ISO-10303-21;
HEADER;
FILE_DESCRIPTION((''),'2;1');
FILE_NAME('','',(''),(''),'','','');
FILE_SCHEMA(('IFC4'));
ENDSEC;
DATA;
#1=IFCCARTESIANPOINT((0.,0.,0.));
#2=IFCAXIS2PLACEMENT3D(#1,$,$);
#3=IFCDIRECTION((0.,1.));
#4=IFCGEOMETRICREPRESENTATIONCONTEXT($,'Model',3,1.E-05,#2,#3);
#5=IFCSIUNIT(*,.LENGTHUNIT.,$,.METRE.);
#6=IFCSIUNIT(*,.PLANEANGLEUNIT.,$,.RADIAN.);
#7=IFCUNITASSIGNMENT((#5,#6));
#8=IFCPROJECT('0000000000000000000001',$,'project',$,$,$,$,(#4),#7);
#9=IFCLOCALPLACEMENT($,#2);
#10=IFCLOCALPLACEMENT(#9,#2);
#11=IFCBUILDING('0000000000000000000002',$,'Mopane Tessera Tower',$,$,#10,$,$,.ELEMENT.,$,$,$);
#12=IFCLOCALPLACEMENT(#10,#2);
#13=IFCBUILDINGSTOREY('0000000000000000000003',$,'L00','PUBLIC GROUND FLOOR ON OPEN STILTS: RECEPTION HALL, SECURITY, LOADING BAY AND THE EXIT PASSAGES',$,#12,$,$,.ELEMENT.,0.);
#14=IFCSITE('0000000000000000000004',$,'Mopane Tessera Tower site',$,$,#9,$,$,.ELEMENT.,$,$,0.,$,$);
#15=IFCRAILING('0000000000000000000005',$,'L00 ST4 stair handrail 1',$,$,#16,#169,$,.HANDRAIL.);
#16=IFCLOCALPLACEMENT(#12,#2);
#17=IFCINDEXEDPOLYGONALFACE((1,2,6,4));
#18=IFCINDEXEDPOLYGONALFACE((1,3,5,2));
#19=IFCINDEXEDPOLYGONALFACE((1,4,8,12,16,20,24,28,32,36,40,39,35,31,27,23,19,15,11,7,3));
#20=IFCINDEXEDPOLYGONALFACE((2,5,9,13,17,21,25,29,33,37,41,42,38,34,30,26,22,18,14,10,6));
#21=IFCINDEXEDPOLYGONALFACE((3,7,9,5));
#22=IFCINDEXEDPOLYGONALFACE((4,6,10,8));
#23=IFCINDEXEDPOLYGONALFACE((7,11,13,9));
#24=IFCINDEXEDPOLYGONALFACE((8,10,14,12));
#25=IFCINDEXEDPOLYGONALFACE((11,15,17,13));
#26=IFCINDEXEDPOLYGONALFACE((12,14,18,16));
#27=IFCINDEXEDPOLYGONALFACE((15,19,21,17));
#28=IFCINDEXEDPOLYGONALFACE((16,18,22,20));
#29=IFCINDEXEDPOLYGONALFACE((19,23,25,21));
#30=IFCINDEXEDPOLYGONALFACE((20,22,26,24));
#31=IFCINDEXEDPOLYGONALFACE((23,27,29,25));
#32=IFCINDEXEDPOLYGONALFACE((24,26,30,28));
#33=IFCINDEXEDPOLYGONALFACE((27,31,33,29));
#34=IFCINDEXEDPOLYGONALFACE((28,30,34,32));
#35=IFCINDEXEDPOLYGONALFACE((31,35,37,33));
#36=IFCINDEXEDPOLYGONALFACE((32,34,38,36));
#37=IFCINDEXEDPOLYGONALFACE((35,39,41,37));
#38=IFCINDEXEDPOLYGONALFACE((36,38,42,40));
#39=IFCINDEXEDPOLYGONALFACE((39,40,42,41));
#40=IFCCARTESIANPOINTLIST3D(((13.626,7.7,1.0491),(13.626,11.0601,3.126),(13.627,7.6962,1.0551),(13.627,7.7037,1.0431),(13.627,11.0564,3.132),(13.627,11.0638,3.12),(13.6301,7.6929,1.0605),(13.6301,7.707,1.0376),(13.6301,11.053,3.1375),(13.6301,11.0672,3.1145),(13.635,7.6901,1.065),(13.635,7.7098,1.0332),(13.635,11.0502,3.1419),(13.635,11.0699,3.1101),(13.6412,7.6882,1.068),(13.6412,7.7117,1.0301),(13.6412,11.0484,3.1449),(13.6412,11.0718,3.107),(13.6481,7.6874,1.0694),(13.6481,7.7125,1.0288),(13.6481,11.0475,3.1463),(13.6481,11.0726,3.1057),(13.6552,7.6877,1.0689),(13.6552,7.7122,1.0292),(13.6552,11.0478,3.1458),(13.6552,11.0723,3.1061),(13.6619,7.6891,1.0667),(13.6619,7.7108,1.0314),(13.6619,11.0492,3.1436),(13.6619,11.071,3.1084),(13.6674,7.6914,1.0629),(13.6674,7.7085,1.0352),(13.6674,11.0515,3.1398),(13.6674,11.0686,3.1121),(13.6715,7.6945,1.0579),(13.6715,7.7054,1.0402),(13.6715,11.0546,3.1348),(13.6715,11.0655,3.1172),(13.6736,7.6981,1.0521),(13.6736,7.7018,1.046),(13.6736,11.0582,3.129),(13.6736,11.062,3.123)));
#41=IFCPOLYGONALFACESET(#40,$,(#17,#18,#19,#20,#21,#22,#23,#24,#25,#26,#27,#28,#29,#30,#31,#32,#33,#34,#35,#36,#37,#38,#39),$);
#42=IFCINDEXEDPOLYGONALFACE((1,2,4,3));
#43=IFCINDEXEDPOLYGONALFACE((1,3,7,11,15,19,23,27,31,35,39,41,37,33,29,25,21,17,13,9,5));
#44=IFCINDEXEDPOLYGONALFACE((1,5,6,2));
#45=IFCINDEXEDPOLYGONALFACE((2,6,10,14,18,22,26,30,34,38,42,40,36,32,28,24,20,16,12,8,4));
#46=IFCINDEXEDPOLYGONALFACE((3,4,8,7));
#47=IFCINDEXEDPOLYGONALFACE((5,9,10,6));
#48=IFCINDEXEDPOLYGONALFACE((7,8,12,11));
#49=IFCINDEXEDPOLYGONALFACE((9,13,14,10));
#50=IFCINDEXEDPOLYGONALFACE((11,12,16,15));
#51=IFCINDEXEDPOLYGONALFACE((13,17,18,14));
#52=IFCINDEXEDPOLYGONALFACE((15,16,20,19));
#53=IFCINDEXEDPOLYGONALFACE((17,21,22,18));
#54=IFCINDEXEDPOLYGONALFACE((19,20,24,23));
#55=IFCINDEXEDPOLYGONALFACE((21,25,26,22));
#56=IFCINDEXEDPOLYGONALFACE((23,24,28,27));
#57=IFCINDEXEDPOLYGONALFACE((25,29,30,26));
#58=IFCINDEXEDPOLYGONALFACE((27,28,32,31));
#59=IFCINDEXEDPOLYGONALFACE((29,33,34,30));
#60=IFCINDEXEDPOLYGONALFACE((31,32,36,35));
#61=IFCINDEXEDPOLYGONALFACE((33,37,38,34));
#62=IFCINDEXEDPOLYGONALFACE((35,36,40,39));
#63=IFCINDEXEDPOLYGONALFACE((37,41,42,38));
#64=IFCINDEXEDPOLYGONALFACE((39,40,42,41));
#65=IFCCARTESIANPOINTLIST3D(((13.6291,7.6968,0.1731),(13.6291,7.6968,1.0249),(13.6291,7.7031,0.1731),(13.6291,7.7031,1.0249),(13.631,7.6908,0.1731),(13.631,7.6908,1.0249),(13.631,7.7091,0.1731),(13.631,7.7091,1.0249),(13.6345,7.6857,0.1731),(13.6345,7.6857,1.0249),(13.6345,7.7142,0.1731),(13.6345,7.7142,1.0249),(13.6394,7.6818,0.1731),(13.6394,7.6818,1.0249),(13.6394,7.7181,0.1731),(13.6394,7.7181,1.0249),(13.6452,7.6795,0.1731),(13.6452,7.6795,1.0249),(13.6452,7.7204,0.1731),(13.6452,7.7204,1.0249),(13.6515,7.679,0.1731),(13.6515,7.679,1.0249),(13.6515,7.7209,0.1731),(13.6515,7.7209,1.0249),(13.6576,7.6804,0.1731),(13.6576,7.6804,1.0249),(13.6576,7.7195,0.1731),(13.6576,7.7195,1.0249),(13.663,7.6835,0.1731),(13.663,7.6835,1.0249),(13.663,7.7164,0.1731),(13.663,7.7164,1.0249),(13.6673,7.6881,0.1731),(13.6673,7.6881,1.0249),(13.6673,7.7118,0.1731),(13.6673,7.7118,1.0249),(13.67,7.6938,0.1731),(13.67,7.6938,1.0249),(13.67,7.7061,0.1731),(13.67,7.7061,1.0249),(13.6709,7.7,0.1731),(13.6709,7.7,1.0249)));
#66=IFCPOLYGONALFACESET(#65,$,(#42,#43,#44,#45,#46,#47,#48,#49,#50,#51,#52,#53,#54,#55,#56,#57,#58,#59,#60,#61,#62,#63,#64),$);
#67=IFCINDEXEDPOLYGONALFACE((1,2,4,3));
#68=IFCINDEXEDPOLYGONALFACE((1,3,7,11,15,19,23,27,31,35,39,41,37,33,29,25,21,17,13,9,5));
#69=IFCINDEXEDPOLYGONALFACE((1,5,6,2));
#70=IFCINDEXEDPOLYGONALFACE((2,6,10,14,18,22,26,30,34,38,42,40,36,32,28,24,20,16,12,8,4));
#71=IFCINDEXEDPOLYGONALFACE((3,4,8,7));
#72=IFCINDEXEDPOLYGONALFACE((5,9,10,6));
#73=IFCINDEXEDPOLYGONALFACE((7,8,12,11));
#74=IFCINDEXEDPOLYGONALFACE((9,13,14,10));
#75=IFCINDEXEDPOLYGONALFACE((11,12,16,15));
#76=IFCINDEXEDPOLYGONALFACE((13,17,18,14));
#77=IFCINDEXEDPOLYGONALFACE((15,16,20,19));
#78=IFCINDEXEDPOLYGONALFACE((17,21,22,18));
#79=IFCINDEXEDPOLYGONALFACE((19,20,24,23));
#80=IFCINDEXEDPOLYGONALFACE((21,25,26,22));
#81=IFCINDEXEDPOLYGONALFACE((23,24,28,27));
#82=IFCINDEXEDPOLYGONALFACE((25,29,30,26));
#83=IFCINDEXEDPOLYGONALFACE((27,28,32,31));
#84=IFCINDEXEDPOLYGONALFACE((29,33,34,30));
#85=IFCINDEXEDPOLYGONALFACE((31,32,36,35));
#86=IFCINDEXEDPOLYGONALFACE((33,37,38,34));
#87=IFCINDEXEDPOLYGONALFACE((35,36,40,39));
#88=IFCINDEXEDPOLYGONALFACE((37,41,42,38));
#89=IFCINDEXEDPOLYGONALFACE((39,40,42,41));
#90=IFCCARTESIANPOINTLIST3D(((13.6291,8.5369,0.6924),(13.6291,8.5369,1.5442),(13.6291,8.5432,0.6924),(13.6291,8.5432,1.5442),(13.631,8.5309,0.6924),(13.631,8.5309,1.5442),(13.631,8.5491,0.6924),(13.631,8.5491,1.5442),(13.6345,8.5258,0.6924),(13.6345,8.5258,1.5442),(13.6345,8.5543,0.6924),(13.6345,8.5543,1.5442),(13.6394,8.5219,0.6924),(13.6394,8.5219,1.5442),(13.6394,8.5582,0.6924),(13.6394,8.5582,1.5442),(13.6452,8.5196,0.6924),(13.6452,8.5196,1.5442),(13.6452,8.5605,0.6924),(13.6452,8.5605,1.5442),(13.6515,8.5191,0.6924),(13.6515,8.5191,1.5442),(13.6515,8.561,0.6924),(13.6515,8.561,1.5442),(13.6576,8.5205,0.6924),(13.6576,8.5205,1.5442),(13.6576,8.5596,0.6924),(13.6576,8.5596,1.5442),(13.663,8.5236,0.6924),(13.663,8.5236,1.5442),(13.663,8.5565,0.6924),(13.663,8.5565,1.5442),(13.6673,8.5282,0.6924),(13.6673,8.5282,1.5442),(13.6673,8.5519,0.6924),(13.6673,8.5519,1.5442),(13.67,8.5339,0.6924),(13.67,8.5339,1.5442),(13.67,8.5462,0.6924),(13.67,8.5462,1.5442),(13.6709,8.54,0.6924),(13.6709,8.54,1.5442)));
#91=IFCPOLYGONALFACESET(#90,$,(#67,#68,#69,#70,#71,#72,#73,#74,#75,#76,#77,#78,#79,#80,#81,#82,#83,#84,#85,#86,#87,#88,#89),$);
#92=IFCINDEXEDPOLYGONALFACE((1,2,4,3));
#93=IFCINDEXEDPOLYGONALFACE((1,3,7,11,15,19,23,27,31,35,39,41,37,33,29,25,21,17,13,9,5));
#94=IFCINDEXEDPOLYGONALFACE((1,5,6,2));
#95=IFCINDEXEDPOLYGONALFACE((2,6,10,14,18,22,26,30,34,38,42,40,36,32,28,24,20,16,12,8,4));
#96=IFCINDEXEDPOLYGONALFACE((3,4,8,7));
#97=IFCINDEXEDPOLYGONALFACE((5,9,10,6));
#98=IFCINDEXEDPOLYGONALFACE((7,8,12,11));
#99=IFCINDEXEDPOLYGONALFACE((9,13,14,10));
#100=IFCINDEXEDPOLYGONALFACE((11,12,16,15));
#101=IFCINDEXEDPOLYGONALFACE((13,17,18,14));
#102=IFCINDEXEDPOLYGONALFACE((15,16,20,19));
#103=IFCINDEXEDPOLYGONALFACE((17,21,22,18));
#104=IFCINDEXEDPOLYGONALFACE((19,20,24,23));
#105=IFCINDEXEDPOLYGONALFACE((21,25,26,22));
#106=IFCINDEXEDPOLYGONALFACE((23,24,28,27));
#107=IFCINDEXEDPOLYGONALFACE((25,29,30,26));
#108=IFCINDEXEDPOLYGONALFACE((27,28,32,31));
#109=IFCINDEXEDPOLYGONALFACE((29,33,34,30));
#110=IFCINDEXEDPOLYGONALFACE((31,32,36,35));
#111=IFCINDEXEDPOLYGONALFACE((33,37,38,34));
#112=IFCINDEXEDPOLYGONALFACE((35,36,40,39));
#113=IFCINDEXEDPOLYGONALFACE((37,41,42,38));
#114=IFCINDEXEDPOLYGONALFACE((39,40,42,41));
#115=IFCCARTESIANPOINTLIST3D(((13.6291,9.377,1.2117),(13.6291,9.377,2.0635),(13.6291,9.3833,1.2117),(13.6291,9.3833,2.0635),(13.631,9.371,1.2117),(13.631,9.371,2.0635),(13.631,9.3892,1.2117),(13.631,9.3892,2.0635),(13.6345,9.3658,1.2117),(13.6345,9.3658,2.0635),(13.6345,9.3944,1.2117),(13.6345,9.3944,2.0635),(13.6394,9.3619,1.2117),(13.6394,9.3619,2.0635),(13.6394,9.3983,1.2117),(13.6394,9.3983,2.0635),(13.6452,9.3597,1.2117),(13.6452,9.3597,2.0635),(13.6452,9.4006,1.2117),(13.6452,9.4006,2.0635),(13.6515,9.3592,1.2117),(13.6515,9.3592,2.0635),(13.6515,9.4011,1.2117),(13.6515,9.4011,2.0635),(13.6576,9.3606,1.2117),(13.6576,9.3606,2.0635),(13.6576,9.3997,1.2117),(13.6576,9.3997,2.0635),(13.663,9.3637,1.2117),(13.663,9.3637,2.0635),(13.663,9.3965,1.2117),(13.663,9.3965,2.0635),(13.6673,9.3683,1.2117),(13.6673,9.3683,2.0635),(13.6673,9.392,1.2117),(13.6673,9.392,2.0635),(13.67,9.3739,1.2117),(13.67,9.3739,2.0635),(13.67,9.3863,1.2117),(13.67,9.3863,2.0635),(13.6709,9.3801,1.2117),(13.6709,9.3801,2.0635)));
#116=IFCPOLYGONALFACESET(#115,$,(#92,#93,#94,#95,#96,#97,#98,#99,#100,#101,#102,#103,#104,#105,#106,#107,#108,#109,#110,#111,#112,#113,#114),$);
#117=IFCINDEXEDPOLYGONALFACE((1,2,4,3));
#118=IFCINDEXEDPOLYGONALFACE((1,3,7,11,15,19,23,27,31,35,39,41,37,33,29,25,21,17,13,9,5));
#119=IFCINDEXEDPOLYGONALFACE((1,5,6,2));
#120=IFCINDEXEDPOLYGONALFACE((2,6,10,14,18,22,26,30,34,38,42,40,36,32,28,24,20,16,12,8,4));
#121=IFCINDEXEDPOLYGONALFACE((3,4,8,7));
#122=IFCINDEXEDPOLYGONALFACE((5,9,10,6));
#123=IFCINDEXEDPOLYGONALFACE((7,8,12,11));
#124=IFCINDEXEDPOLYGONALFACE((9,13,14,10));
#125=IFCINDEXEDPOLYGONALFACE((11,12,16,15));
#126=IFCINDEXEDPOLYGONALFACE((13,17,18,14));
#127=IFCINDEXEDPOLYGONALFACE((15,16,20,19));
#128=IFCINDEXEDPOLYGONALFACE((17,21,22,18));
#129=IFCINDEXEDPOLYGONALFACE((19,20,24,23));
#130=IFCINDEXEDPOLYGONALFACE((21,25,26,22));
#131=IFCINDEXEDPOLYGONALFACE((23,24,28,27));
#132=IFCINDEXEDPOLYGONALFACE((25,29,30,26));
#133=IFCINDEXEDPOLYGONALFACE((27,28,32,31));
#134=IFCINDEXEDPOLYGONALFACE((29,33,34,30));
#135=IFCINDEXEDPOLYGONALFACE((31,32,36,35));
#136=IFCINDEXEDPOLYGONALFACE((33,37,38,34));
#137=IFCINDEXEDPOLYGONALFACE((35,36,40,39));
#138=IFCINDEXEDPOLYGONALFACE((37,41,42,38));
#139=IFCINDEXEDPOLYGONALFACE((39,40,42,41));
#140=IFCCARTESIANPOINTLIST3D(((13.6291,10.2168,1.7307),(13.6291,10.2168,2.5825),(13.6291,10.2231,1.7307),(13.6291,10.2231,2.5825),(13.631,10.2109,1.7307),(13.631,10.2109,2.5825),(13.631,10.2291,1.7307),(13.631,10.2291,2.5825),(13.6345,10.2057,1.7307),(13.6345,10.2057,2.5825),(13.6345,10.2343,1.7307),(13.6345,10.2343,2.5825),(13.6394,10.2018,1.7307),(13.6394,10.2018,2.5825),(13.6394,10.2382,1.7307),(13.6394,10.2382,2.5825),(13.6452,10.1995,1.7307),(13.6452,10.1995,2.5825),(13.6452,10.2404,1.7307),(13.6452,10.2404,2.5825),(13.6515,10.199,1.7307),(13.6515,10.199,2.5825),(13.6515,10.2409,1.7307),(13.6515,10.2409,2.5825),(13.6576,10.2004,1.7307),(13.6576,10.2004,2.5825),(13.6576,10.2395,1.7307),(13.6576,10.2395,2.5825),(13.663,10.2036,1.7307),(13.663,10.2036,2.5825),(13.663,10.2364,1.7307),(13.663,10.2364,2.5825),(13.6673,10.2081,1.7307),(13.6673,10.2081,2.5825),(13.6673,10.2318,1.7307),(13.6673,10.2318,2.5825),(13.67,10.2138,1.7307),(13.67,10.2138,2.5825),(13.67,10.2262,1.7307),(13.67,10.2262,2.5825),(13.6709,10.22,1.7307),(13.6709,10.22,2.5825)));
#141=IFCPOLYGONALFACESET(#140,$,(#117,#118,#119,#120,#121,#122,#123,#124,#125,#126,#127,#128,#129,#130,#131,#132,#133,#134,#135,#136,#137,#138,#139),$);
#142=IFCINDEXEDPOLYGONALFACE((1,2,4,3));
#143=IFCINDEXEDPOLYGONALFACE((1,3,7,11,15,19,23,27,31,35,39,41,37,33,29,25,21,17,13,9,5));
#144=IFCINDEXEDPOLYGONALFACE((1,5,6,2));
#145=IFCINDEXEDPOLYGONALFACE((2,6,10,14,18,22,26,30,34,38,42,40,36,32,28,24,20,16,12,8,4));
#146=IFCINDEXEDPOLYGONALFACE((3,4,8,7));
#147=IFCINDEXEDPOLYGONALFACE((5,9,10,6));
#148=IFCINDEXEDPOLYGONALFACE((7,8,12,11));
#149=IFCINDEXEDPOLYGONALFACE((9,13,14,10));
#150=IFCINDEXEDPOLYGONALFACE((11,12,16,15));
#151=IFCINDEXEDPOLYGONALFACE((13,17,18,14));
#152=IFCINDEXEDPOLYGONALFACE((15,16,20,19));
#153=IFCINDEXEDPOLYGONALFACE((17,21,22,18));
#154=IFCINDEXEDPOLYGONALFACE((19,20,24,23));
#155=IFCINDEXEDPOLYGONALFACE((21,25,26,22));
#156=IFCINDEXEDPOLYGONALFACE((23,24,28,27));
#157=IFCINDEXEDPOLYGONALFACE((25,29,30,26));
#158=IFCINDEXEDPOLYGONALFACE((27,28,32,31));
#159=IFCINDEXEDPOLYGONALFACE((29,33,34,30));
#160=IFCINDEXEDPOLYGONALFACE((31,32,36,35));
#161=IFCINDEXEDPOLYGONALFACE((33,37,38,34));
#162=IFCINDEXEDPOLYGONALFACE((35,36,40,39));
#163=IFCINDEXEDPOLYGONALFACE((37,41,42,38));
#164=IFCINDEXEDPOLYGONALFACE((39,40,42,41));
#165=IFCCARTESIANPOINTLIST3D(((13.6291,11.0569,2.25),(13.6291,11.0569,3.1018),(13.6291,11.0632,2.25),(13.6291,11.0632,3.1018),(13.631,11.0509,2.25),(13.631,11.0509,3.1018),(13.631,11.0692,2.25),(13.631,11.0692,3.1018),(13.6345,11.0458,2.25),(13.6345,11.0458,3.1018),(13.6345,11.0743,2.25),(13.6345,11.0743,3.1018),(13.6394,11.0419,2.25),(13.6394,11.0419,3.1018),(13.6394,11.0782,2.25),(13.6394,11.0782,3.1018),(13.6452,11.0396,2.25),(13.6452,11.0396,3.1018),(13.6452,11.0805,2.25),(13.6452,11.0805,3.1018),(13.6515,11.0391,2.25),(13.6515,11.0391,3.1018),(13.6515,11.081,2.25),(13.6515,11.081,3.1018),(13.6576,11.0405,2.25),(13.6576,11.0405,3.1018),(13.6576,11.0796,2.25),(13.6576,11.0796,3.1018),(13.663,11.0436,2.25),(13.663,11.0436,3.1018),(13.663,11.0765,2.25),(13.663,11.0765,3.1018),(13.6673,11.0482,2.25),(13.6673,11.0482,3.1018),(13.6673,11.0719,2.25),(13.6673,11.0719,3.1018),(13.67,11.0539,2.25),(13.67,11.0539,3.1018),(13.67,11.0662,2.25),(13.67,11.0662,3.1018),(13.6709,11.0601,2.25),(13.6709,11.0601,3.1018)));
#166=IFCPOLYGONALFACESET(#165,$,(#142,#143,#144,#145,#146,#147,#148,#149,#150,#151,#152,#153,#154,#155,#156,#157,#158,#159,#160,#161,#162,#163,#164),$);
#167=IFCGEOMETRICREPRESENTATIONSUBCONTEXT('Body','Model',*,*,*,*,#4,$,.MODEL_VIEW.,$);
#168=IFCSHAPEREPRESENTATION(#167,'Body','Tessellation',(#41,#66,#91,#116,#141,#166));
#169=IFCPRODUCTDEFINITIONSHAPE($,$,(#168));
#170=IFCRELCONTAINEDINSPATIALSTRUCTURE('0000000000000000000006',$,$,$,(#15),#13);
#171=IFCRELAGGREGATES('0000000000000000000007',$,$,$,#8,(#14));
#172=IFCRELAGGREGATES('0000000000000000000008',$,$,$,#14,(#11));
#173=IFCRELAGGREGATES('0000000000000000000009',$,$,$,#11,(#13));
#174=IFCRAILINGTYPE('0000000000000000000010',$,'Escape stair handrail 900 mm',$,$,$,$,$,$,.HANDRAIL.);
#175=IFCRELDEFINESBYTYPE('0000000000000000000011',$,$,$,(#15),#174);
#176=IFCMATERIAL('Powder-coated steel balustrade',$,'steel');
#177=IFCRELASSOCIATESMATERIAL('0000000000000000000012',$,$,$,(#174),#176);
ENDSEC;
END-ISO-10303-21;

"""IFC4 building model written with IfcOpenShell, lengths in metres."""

from ifc_helpers import new_model, si_unit, direction, frame, origin, origin_2d, place, context, subcontext, project, spatial, circle, extrude, material, type_object, element, save


model = new_model("IFC4")

# Units and contexts
model_context = context("Model", 3, precision=1e-05, world=origin(), true_north=direction((0.0, 1.0)))
body_context = subcontext(model_context, "Body", "Model", "MODEL_VIEW")
ifc_project = project(units=[si_unit("LENGTHUNIT", "METRE"), si_unit("PLANEANGLEUNIT", "RADIAN")], contexts=[model_context])

# Site, building, storey
site_placement = place(None, origin())
site = spatial("IfcSite", under=ifc_project, at=site_placement, Name="Mopane Tessera Tower site", CompositionType="ELEMENT", RefElevation=0.0)
building_placement = place(site_placement, origin())
building = spatial("IfcBuilding", under=site, at=building_placement, Name="Mopane Tessera Tower", CompositionType="ELEMENT")
storey_placement = place(building_placement, origin())
storey = spatial("IfcBuildingStorey", under=building, at=storey_placement, Name="L00", Description="PUBLIC GROUND FLOOR ON OPEN STILTS: RECEPTION HALL, SECURITY, LOADING BAY AND THE EXIT PASSAGES", CompositionType="ELEMENT", Elevation=0.0)

# Railing
ifc_material_1 = material(Name="Powder-coated steel balustrade", Category="steel")
railing_type_1 = type_object("IfcRailingType", Name="Escape stair handrail 900 mm", PredefinedType="HANDRAIL", material=ifc_material_1)
for number, where, name in (
    (1, (13.6499, 7.7, 0.1731), "L00 ST4 stair handrail 1"),
):
    element("IfcRailing", number, at=place(storey_placement, frame(where)), inside=storey, type_object=railing_type_1, Name=name, PredefinedType="HANDRAIL", context=body_context, shape_type="SweptSolid", body=[
        extrude(circle(Radius=0.0239, at=origin_2d()), frame((0.0, 0.0, 0.876), z_axis=(0.0, 0.850623, 0.525776), x_axis=(-1.0, 0.0, 0.0)), (0.0, 0.0, 1.0), 3.9502),
        extrude(circle(Radius=0.021, at=origin_2d()), origin(), (0.0, 0.0, 1.0), 0.8518),
        extrude(circle(Radius=0.021, at=origin_2d()), frame((0.0, 0.8401, 0.5193)), (0.0, 0.0, 1.0), 0.8518),
        extrude(circle(Radius=0.021, at=origin_2d()), frame((0.0, 1.6802, 1.0386)), (0.0, 0.0, 1.0), 0.8518),
        extrude(circle(Radius=0.021, at=origin_2d()), frame((0.0, 2.52, 1.5576)), (0.0, 0.0, 1.0), 0.8518),
        extrude(circle(Radius=0.021, at=origin_2d()), frame((0.0, 3.3601, 2.0769)), (0.0, 0.0, 1.0), 0.8518),
    ])

save(model, "model.ifc")
